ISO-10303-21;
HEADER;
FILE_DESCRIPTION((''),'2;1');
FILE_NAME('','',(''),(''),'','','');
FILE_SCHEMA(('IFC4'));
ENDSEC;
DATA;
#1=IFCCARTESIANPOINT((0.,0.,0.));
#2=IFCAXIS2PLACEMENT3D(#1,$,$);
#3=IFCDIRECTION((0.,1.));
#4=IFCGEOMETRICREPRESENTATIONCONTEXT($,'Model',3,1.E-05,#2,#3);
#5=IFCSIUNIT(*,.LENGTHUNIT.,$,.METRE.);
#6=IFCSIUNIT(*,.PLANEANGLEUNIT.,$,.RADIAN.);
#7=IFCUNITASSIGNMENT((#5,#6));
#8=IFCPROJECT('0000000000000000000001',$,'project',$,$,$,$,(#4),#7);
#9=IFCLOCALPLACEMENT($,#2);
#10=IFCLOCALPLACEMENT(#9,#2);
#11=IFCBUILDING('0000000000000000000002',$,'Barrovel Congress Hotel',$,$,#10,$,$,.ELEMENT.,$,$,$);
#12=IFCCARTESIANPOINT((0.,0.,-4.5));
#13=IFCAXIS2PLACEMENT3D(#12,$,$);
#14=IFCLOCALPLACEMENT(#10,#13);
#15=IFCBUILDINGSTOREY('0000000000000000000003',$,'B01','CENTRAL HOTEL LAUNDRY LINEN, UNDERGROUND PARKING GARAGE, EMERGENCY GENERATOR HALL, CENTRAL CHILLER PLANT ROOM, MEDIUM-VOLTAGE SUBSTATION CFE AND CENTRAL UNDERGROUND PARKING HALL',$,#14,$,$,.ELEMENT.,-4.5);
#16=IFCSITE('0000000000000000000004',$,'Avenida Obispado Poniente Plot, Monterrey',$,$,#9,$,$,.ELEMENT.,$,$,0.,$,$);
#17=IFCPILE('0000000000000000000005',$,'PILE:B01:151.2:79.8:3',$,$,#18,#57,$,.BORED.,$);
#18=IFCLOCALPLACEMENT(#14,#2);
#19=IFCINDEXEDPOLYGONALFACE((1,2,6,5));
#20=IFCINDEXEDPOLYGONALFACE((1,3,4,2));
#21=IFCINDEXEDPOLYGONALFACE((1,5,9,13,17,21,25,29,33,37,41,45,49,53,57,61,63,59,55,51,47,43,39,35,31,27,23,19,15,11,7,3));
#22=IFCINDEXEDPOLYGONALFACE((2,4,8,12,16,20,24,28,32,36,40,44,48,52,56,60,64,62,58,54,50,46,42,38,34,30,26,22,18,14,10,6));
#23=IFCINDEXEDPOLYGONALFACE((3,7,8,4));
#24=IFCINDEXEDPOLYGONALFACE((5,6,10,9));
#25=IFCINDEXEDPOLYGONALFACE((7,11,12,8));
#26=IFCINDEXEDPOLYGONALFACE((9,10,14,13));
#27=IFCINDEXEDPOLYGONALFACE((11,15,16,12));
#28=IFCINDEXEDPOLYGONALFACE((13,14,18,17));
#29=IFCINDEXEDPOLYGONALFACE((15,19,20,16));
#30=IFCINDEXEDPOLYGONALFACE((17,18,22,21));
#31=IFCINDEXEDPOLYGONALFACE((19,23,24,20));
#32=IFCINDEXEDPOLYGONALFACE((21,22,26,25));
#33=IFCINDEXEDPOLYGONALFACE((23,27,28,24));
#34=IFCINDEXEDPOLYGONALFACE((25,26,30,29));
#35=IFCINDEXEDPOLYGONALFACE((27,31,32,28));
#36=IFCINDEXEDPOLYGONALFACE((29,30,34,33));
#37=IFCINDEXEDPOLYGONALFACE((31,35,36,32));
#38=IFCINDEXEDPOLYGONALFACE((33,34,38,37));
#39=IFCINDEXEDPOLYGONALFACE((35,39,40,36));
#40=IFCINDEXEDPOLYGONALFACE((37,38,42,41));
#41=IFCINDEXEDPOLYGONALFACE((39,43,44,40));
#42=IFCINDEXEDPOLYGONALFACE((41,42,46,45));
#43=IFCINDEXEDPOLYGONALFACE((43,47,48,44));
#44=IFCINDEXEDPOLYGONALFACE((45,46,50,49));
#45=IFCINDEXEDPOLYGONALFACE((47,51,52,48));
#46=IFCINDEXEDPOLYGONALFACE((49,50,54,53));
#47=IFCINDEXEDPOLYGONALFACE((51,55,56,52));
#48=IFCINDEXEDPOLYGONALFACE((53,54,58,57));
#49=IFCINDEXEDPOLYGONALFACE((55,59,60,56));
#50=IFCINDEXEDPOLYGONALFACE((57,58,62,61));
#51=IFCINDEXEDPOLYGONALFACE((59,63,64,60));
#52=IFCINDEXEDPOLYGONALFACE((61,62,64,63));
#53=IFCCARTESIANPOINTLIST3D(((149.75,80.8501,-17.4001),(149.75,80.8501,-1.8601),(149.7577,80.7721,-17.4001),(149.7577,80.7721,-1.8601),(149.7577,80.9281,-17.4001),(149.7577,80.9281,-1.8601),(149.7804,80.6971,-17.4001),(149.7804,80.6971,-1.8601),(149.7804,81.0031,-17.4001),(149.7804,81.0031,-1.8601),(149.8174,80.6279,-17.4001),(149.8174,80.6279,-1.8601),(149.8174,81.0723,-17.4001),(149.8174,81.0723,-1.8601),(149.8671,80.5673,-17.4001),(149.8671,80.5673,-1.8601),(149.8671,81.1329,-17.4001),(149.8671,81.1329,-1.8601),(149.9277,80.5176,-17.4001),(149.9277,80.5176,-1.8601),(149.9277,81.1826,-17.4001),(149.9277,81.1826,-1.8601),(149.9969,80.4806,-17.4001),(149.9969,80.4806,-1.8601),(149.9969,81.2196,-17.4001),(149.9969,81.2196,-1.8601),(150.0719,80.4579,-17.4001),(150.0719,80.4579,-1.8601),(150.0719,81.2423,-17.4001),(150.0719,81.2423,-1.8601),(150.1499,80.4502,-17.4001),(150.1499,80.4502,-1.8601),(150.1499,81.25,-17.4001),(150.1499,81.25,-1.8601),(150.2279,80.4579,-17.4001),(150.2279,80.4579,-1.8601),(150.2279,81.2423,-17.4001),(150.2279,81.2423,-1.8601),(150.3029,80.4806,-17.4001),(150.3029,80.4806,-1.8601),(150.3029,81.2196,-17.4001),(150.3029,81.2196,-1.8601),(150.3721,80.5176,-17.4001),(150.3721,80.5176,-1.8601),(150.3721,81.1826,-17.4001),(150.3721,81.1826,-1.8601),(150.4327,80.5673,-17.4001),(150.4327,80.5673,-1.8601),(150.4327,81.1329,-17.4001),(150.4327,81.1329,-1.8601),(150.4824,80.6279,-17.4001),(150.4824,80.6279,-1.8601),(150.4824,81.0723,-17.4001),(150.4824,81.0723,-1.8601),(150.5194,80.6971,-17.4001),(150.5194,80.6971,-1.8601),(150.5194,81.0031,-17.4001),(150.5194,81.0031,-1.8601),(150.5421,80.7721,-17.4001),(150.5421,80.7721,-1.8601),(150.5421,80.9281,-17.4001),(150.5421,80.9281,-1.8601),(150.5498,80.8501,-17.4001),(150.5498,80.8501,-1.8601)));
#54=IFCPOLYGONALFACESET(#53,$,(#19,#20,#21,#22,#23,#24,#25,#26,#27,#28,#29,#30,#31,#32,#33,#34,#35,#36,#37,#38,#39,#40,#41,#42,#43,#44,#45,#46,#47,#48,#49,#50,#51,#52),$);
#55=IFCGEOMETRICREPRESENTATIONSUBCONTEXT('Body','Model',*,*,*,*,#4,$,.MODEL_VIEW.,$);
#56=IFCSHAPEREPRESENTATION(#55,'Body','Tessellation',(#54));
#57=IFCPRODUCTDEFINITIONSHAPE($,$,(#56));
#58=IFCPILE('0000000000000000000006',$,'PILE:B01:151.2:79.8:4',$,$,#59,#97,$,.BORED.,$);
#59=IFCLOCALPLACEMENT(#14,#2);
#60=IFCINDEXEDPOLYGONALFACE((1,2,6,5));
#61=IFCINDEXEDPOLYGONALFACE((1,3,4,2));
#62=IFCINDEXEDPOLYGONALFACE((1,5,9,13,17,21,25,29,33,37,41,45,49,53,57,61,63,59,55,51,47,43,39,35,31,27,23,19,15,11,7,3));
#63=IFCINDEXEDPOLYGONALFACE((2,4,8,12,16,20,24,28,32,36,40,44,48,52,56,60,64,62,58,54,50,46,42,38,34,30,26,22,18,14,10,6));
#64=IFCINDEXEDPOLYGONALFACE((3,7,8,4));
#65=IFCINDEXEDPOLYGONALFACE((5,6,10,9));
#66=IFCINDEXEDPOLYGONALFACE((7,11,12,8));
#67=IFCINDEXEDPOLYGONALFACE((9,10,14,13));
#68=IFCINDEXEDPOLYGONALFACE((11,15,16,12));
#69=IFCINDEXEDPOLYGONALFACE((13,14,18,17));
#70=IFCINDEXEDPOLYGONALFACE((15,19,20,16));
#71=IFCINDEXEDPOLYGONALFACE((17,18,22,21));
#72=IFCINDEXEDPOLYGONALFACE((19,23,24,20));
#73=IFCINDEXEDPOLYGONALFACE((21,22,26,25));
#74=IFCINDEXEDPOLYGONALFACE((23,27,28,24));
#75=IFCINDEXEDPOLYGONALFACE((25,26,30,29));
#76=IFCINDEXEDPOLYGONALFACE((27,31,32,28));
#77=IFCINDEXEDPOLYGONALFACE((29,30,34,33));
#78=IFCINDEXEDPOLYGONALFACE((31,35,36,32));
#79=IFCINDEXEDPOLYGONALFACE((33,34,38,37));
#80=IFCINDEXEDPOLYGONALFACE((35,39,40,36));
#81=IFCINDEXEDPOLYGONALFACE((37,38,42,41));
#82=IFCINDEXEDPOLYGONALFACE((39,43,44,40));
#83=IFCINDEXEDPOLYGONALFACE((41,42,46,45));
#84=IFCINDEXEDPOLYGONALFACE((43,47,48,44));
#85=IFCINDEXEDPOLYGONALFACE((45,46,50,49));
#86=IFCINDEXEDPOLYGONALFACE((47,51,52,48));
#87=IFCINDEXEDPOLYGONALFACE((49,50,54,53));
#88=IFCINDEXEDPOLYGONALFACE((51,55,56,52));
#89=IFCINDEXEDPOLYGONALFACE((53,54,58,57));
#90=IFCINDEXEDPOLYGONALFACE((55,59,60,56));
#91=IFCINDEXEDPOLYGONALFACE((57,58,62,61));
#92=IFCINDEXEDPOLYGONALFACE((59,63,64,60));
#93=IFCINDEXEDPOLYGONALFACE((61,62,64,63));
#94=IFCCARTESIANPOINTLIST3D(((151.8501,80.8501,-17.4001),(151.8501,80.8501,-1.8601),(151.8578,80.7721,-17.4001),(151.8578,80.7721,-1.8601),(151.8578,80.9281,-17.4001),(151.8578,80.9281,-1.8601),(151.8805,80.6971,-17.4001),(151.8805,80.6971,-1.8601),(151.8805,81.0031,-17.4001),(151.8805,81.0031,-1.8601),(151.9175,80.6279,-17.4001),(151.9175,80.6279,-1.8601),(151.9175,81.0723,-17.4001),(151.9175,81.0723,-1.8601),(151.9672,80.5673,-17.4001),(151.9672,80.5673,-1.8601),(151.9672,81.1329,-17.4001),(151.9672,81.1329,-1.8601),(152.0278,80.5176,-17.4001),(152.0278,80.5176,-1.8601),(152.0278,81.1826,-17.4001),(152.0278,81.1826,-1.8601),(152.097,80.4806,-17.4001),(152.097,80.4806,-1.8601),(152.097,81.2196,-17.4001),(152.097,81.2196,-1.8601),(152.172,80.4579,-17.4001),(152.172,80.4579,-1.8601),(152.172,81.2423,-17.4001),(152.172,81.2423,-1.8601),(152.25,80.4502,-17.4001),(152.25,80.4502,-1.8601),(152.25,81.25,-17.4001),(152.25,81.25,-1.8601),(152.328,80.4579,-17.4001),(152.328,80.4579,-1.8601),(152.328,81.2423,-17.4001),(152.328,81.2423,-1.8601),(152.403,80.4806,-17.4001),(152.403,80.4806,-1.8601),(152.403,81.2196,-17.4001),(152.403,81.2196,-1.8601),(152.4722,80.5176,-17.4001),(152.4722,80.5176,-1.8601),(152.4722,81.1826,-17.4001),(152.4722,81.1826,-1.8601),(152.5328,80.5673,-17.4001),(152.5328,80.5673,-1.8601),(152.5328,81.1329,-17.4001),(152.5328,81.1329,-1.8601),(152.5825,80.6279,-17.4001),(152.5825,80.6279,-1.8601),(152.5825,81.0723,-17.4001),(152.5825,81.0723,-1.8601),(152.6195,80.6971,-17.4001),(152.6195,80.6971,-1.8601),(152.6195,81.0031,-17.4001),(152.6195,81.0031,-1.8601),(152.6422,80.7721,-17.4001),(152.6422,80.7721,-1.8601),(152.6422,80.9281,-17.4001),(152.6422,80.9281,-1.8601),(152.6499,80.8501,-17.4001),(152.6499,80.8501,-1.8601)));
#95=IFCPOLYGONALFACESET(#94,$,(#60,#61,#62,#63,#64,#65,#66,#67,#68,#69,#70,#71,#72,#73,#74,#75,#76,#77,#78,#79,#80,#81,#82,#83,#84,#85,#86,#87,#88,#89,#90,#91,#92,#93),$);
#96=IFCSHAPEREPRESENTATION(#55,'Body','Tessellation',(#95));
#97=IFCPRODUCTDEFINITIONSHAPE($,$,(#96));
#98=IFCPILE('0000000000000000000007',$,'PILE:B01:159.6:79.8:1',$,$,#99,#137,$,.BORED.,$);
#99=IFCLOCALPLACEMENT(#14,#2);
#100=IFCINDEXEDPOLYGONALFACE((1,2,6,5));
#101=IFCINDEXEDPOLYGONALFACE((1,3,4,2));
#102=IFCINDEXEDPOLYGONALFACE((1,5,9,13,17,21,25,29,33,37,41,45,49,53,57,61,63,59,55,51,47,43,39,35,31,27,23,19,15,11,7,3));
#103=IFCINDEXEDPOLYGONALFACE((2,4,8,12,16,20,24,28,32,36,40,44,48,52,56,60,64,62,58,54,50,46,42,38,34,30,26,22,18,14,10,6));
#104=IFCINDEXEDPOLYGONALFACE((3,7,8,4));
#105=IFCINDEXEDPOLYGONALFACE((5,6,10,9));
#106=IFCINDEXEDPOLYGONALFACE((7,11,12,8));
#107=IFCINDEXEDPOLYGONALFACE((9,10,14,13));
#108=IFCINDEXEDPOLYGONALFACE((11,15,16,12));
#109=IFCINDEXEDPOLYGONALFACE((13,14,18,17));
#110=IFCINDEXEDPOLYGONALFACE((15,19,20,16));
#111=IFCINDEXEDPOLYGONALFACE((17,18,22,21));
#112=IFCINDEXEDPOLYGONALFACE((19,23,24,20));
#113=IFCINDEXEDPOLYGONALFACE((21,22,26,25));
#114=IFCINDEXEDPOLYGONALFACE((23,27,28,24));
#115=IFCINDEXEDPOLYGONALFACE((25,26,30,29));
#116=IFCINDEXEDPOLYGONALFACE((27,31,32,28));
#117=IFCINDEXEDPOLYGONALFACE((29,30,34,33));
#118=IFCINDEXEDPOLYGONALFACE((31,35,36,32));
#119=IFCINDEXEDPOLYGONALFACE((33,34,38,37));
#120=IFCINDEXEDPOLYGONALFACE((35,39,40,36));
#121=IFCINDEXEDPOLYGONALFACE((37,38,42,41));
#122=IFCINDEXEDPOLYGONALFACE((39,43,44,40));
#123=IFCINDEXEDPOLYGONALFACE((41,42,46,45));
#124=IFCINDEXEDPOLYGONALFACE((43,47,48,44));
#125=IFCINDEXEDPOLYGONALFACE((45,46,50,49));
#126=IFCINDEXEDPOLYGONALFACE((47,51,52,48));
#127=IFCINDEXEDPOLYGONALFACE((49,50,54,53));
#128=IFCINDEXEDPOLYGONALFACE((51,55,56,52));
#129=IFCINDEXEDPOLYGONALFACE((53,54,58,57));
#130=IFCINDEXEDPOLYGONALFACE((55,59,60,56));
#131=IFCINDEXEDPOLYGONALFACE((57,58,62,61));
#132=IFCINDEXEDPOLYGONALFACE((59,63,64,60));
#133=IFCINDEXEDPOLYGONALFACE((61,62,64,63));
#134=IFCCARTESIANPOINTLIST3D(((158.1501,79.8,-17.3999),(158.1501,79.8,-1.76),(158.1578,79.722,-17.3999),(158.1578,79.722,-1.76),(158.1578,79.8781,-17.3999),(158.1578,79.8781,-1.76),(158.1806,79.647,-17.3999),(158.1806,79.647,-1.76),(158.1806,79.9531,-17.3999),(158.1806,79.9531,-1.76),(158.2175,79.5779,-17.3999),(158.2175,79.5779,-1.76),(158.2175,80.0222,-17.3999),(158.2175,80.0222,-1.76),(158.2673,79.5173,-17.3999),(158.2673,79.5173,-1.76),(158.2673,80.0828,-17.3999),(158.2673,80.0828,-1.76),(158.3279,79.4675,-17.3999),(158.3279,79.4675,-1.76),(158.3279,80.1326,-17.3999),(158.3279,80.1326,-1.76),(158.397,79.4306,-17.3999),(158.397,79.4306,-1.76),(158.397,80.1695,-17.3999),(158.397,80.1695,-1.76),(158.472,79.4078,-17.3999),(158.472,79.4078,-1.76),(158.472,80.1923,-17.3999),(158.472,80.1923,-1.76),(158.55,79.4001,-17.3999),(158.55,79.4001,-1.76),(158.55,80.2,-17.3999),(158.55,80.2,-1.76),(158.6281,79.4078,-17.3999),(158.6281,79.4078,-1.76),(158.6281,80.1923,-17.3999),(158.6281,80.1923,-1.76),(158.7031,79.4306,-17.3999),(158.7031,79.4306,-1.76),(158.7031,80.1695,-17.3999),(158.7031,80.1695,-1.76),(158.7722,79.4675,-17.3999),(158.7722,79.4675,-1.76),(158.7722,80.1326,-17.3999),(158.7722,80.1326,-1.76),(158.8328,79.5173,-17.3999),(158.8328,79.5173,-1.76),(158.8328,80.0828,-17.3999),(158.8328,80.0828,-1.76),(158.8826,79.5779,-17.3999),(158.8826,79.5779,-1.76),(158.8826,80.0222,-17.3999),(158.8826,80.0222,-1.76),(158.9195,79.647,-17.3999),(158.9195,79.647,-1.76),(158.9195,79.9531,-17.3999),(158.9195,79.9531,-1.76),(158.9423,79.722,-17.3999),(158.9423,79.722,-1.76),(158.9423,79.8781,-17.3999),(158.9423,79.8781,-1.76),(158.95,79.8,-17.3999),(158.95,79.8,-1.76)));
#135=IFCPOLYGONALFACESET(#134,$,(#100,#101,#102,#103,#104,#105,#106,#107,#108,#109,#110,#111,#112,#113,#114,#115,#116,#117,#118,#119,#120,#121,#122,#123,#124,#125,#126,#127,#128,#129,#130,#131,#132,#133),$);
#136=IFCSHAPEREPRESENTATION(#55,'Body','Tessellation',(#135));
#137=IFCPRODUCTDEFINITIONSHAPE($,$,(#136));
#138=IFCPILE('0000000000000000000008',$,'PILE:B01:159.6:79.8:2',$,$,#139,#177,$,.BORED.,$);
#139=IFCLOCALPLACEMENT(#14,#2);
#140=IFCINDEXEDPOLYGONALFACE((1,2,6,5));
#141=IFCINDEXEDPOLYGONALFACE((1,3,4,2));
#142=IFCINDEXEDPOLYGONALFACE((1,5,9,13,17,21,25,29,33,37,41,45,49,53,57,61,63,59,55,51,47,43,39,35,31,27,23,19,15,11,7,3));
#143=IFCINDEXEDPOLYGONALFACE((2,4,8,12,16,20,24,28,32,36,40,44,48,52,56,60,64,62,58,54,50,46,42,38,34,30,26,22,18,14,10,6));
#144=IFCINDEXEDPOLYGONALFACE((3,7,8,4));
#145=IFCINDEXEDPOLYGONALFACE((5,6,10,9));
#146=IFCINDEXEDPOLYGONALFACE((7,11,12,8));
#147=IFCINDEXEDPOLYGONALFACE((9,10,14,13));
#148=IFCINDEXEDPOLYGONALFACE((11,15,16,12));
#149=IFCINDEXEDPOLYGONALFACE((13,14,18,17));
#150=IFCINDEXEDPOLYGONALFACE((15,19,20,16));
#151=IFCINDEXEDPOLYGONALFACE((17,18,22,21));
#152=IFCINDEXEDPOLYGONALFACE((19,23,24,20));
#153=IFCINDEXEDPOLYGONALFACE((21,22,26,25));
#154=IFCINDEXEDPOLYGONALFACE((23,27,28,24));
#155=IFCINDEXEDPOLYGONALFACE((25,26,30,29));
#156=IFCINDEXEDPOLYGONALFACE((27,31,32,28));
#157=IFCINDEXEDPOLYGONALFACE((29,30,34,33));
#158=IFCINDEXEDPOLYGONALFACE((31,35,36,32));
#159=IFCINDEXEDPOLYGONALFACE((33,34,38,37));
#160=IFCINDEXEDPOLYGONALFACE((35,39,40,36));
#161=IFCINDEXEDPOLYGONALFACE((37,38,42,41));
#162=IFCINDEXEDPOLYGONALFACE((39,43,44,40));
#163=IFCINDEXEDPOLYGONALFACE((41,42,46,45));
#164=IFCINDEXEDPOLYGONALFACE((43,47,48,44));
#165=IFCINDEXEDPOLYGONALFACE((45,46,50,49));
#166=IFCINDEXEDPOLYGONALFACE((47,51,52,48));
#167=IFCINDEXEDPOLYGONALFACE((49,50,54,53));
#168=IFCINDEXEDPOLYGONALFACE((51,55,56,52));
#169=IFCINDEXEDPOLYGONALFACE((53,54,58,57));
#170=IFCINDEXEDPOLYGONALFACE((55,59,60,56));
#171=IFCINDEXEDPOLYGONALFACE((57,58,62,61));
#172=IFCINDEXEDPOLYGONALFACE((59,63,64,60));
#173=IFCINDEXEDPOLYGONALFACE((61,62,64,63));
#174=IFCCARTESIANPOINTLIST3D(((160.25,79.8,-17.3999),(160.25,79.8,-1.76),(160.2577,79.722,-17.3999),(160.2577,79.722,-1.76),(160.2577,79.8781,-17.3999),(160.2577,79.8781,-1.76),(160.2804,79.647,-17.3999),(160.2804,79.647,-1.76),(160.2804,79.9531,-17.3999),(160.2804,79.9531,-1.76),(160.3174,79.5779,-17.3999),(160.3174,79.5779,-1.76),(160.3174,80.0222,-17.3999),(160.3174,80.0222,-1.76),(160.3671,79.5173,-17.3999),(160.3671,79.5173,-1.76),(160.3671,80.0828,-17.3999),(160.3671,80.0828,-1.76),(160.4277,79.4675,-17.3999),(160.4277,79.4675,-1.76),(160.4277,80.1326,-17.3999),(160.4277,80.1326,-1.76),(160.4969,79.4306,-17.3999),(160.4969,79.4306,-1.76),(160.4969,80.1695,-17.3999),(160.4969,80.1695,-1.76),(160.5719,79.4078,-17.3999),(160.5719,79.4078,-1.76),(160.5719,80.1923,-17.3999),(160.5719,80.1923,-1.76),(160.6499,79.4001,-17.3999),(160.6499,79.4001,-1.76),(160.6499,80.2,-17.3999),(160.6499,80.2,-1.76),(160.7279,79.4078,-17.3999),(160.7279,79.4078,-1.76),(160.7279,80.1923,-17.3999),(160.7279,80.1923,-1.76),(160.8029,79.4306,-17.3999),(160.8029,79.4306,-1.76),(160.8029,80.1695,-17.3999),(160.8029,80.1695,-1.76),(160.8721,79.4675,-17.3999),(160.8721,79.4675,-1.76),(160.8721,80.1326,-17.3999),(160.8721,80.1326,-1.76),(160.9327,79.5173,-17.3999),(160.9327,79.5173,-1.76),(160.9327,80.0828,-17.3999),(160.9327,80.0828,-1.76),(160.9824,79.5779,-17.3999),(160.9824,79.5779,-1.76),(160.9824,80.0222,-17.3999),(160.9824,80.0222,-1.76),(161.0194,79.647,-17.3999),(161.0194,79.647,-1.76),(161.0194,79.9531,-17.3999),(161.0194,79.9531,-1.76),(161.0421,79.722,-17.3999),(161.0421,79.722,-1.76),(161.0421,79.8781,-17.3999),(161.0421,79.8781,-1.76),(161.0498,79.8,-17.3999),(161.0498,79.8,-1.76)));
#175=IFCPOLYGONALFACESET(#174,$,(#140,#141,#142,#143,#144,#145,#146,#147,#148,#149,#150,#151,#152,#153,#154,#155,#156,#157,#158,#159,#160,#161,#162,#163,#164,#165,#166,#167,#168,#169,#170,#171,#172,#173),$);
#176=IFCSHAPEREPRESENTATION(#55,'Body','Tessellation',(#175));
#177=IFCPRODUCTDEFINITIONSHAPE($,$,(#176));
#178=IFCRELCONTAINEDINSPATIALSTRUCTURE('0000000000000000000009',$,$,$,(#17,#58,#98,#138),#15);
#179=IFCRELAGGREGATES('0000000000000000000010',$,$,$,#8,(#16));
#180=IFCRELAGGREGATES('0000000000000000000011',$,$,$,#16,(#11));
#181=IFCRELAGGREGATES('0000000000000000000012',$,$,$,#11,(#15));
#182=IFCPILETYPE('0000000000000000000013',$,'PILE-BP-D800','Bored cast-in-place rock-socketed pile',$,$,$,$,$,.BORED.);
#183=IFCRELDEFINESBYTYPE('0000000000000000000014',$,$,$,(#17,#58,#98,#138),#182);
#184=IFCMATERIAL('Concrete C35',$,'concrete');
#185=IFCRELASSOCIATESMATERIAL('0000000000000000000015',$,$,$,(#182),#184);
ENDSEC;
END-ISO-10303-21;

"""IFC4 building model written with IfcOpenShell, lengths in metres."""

from ifc_helpers import new_model, si_unit, direction, frame, origin, origin_2d, place, context, subcontext, project, spatial, circle, extrude, material, material_profile, profile_set, type_object, element, save


model = new_model("IFC4")

# Units and contexts
model_context = context("Model", 3, precision=1e-05, world=origin(), true_north=direction((0.0, 1.0)))
body_context = subcontext(model_context, "Body", "Model", "MODEL_VIEW")
ifc_project = project(units=[si_unit("LENGTHUNIT", "METRE"), si_unit("PLANEANGLEUNIT", "RADIAN")], contexts=[model_context])

# Site, building, storey
site_placement = place(None, origin())
site = spatial("IfcSite", under=ifc_project, at=site_placement, Name="Avenida Obispado Poniente Plot, Monterrey", CompositionType="ELEMENT", RefElevation=0.0)
building_placement = place(site_placement, origin())
building = spatial("IfcBuilding", under=site, at=building_placement, Name="Barrovel Congress Hotel", CompositionType="ELEMENT")
storey_placement = place(building_placement, frame((0.0, 0.0, -4.5)))
storey = spatial("IfcBuildingStorey", under=building, at=storey_placement, Name="B01", Description="CENTRAL HOTEL LAUNDRY LINEN, UNDERGROUND PARKING GARAGE, EMERGENCY GENERATOR HALL, CENTRAL CHILLER PLANT ROOM, MEDIUM-VOLTAGE SUBSTATION CFE AND CENTRAL UNDERGROUND PARKING HALL", CompositionType="ELEMENT", Elevation=-4.5)

# Piles
ifc_material_1 = material(Name="Concrete C35", Category="concrete")
ifc_material_profile_1 = material_profile(ifc_material_1, circle(Radius=0.3999, at=origin_2d()), Name="BP-D800")
ifc_profile_set_1 = profile_set([ifc_material_profile_1], Name="Concrete C35")
pile_type_1 = type_object("IfcPileType", Name="PILE-BP-D800", Description="Bored cast-in-place rock-socketed pile", PredefinedType="BORED", material=ifc_profile_set_1)
for number, where, z_axis, x_axis, name in (
    (1, (150.1499, 80.8501, -1.8601), (0.0, 0.0, -1.0), (1.0, 0.0, 0.0), "PILE:B01:151.2:79.8:3"),
    (2, (152.25, 80.8501, -1.8601), (0.0, 0.0, -1.0), (1.0, 0.0, 0.0), "PILE:B01:151.2:79.8:4"),
):
    element("IfcPile", number, at=place(storey_placement, frame(where, z_axis=z_axis, x_axis=x_axis)), inside=storey, type_object=pile_type_1, Name=name, PredefinedType="BORED", context=body_context, shape_type="SweptSolid", body=[
        extrude(circle(Radius=0.3999, at=origin_2d()), origin(), (0.0, 0.0, 1.0), 15.54),
    ])
for number, where, z_axis, x_axis, name in (
    (3, (158.55, 79.8, -1.76), (0.0, 0.0, -1.0), (1.0, 0.0, 0.0), "PILE:B01:159.6:79.8:1"),
    (4, (160.6499, 79.8, -1.76), (0.0, 0.0, -1.0), (1.0, 0.0, 0.0), "PILE:B01:159.6:79.8:2"),
):
    element("IfcPile", number, at=place(storey_placement, frame(where, z_axis=z_axis, x_axis=x_axis)), inside=storey, type_object=pile_type_1, Name=name, PredefinedType="BORED", context=body_context, shape_type="SweptSolid", body=[
        extrude(circle(Radius=0.3999, at=origin_2d()), origin(), (0.0, 0.0, 1.0), 15.6399),
    ])

save(model, "model.ifc")
